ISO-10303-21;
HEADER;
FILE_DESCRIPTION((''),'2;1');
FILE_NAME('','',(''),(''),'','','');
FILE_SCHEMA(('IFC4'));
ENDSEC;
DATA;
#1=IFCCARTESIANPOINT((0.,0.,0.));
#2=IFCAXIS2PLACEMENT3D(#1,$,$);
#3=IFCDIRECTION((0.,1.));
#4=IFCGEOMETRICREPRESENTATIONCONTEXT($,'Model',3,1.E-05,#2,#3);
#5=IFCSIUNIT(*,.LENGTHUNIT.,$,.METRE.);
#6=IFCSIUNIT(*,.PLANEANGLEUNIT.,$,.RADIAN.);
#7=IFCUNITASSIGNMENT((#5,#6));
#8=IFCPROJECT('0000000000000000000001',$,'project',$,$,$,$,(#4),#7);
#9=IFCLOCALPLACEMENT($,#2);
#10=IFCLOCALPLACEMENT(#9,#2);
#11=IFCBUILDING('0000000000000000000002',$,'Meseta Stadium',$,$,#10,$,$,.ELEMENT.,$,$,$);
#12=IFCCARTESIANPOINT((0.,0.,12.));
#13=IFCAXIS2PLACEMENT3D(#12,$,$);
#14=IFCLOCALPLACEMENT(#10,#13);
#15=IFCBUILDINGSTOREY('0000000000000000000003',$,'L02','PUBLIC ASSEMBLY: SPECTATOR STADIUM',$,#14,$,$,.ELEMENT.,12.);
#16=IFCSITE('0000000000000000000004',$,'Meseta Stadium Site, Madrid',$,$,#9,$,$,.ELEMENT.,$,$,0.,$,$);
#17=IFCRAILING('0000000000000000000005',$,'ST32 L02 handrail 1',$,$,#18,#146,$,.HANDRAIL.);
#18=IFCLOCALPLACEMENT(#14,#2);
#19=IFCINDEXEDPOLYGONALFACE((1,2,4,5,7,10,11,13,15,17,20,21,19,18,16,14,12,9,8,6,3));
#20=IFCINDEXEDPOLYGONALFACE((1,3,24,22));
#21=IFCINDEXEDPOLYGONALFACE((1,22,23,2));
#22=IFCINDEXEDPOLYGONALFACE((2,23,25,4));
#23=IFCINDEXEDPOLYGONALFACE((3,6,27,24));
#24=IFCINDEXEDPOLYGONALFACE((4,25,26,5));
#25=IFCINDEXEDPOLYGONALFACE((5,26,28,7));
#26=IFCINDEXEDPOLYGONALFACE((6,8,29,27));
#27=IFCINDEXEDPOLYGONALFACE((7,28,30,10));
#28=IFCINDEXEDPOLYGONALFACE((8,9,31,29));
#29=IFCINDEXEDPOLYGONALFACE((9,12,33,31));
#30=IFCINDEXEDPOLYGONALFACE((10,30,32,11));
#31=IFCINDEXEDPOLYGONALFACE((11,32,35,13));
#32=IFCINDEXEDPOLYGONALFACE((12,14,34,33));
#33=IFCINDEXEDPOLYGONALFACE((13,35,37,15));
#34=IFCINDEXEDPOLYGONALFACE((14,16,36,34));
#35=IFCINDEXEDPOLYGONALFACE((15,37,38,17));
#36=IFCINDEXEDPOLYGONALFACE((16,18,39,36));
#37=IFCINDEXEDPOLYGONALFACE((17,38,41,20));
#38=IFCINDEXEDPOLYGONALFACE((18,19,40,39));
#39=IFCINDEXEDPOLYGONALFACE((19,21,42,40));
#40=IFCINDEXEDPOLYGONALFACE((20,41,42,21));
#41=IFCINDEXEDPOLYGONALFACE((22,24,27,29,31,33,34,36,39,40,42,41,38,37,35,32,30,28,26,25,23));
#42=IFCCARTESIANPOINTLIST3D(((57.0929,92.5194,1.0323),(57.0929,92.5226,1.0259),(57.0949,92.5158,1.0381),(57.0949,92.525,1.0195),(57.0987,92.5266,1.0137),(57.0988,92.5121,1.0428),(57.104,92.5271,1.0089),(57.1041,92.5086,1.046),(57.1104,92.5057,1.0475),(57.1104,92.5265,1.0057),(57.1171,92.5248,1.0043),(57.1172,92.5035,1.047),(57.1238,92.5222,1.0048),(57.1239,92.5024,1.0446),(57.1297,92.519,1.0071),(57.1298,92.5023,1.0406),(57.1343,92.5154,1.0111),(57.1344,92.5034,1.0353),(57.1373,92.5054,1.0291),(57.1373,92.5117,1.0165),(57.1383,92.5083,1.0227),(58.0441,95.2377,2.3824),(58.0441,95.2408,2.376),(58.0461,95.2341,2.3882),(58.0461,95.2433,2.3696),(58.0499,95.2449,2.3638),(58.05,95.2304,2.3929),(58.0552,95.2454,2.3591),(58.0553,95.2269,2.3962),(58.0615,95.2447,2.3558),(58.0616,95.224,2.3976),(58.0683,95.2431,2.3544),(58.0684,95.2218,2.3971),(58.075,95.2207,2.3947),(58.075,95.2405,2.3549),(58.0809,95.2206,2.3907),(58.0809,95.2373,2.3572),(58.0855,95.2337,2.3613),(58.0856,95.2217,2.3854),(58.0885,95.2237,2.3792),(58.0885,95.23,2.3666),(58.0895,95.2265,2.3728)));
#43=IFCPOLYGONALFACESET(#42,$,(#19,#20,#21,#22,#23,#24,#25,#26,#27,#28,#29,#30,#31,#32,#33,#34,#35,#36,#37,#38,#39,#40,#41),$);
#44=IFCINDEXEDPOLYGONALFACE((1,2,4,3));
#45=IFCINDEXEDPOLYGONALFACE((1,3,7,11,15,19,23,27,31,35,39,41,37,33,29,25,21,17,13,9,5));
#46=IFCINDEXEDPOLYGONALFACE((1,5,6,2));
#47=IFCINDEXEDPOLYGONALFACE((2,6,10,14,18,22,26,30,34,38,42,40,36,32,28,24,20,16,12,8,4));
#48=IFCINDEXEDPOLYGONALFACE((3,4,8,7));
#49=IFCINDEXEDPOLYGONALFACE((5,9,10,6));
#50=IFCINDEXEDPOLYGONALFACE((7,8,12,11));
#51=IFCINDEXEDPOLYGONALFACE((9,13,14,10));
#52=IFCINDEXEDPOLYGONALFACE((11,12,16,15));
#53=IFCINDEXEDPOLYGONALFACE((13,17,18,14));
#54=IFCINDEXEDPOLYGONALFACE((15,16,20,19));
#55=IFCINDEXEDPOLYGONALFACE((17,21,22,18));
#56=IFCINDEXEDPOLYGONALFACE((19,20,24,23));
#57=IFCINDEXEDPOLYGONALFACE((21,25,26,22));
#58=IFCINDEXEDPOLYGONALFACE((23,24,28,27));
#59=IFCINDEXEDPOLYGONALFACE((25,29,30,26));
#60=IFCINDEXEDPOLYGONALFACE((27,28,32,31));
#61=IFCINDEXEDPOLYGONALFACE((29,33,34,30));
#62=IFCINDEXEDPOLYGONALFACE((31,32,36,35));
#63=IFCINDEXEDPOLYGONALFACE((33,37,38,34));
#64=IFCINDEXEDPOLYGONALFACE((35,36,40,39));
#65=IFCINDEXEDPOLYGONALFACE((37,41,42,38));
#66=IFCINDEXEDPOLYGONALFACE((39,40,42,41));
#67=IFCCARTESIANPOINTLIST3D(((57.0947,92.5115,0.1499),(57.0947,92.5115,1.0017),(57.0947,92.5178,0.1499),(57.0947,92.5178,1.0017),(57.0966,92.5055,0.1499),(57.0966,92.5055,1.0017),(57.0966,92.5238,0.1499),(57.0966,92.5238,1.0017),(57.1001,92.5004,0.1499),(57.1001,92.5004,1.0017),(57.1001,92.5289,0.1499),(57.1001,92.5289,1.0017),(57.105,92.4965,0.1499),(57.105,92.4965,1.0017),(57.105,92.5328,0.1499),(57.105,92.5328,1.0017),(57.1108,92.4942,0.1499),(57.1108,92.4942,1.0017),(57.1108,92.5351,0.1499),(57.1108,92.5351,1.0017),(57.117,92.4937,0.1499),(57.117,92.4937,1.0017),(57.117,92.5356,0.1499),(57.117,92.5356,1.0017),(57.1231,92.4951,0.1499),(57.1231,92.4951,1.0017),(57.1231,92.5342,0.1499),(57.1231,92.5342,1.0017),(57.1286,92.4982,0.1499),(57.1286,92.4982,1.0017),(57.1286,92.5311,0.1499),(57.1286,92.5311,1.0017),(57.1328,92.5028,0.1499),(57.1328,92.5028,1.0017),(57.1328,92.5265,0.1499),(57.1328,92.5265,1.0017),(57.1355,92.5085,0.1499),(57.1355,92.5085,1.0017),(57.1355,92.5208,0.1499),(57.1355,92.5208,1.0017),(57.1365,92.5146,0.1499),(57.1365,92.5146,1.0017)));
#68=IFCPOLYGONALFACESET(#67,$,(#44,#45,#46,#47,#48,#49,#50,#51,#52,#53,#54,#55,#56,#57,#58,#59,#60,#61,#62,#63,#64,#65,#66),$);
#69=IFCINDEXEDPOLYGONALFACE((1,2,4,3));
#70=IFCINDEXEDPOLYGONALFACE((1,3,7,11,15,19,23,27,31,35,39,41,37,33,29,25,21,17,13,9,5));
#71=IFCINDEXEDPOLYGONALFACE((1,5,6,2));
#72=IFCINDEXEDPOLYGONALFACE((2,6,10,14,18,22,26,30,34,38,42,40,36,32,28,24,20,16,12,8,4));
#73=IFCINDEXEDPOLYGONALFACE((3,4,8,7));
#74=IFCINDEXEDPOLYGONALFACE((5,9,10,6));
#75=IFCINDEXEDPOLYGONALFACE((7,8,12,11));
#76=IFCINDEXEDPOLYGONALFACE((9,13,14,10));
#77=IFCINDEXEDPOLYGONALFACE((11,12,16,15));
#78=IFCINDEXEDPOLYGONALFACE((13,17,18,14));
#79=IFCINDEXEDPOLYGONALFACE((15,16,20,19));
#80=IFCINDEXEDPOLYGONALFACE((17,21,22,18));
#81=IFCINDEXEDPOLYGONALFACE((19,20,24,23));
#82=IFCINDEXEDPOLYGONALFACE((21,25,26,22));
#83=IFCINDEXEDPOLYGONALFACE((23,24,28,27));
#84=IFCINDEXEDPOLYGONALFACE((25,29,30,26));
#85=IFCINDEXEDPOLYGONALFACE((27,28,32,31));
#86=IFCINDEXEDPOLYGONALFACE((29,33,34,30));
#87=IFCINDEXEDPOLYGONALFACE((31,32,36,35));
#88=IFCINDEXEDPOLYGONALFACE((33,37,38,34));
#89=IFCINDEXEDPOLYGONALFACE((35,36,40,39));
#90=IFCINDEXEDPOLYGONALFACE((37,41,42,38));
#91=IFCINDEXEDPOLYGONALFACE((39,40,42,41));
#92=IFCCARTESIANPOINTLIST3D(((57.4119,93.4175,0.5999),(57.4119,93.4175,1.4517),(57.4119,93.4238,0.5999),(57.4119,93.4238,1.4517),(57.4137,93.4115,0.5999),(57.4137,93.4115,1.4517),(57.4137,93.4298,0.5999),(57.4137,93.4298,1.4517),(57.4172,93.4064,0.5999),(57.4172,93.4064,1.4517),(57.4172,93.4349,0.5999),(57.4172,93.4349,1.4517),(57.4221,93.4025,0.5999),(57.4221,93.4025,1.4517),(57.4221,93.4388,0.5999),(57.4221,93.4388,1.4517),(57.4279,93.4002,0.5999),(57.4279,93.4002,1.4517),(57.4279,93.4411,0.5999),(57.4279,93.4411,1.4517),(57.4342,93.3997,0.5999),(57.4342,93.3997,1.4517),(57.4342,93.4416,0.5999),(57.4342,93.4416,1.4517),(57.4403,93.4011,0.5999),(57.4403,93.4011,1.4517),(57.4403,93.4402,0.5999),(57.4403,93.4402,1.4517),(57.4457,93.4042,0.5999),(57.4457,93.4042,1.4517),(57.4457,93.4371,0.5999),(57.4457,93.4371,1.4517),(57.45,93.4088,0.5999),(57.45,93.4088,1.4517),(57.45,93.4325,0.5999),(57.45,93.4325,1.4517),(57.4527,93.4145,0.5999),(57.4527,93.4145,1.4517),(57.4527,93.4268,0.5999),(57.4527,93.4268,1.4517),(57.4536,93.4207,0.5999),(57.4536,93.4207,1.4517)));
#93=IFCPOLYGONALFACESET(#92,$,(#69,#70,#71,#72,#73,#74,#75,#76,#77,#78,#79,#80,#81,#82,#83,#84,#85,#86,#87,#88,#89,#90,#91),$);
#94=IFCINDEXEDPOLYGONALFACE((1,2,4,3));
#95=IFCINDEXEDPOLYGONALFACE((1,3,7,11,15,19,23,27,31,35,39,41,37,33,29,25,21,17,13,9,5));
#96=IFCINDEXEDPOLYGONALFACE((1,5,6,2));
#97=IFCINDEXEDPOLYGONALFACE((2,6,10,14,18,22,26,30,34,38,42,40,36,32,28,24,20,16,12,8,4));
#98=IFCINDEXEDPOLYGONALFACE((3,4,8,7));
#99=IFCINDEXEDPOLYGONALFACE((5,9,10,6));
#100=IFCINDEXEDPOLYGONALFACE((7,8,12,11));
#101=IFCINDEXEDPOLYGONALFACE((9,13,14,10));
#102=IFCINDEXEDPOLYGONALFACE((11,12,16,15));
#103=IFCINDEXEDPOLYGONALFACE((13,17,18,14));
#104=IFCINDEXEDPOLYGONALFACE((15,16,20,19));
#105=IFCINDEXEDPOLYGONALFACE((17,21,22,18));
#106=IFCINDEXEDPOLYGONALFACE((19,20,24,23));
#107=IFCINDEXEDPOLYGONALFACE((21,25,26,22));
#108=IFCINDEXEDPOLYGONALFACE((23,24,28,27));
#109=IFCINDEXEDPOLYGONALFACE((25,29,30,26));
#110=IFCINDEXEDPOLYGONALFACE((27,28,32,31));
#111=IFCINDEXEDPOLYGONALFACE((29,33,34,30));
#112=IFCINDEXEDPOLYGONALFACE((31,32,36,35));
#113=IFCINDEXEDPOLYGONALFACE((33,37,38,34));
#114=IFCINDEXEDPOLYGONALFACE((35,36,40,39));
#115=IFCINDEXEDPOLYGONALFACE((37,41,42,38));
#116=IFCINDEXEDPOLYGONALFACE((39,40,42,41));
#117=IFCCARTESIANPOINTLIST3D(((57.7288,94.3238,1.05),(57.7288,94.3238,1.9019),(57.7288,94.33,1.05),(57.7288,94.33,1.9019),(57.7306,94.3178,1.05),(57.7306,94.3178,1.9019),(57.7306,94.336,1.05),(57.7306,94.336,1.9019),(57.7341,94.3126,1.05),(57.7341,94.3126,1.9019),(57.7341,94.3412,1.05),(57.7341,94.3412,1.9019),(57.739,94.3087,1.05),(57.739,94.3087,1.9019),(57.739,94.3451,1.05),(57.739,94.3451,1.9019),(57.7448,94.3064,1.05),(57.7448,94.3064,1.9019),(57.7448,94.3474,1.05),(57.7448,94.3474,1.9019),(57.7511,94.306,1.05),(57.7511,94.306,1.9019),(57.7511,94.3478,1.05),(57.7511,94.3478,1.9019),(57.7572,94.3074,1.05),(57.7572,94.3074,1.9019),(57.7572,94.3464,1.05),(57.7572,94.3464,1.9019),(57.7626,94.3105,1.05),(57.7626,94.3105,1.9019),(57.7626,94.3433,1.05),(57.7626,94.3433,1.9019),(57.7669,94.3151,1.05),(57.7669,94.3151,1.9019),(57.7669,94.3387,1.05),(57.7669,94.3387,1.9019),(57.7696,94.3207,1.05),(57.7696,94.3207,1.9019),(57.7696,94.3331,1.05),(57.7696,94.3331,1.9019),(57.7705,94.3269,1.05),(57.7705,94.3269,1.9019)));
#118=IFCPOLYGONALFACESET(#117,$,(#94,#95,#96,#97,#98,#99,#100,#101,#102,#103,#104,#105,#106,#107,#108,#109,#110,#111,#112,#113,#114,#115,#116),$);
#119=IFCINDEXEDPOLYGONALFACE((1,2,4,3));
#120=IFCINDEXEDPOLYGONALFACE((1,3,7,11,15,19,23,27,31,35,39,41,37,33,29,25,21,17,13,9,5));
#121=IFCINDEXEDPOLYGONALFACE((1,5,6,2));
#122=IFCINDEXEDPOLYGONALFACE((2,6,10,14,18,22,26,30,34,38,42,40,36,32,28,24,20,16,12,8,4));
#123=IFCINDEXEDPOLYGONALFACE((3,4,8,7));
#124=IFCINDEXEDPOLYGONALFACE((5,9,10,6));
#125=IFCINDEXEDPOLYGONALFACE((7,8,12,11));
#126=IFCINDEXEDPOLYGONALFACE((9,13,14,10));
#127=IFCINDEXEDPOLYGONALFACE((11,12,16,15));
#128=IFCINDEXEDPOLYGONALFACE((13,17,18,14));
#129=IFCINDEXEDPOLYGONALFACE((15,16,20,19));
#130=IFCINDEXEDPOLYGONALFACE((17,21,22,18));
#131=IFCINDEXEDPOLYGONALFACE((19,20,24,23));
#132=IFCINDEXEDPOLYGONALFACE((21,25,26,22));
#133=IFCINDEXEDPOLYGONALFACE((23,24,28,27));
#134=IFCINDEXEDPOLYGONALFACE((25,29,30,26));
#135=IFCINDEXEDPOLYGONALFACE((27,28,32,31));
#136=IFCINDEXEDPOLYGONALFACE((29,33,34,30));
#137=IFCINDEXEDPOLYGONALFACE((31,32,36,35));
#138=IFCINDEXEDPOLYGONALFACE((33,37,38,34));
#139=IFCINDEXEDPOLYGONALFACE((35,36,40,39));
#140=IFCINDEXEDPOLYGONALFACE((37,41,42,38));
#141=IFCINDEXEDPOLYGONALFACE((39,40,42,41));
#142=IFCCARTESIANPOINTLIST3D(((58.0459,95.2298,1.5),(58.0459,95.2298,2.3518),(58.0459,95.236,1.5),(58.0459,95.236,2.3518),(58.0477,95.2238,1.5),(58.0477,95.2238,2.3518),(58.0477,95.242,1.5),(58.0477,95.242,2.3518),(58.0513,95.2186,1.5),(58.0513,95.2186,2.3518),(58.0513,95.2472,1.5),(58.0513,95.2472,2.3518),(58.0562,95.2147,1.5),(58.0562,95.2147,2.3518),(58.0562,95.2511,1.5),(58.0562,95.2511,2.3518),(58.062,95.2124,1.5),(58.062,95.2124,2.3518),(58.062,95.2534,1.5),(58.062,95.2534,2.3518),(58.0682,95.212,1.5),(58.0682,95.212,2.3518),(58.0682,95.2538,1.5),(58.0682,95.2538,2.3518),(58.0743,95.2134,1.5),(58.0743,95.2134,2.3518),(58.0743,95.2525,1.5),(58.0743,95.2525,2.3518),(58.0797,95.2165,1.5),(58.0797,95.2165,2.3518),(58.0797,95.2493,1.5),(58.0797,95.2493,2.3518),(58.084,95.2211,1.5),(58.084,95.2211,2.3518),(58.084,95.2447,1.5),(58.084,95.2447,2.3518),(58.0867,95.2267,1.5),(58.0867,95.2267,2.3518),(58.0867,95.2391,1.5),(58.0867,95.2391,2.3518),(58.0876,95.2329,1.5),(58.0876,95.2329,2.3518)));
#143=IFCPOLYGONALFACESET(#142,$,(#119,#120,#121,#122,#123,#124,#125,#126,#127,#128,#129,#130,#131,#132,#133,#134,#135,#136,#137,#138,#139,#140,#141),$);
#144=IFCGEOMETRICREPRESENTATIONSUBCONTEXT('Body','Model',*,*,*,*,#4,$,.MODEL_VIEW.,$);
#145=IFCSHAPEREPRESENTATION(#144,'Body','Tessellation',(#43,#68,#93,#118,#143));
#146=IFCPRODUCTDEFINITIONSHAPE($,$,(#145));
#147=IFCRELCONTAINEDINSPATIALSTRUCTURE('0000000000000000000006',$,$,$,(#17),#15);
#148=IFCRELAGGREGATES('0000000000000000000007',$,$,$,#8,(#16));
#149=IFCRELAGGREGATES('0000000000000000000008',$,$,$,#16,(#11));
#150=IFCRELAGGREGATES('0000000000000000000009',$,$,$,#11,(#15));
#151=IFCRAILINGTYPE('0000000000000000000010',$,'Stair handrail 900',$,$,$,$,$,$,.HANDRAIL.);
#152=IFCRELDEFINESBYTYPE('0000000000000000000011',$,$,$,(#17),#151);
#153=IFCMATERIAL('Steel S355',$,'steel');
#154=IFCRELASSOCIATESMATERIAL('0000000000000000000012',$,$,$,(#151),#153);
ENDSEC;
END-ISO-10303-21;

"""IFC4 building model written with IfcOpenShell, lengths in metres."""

from ifc_helpers import new_model, si_unit, direction, frame, origin, origin_2d, place, context, subcontext, project, spatial, circle, extrude, material, type_object, element, save


model = new_model("IFC4")

# Units and contexts
model_context = context("Model", 3, precision=1e-05, world=origin(), true_north=direction((0.0, 1.0)))
body_context = subcontext(model_context, "Body", "Model", "MODEL_VIEW")
ifc_project = project(units=[si_unit("LENGTHUNIT", "METRE"), si_unit("PLANEANGLEUNIT", "RADIAN")], contexts=[model_context])

# Site, building, storey
site_placement = place(None, origin())
site = spatial("IfcSite", under=ifc_project, at=site_placement, Name="Meseta Stadium Site, Madrid", CompositionType="ELEMENT", RefElevation=0.0)
building_placement = place(site_placement, origin())
building = spatial("IfcBuilding", under=site, at=building_placement, Name="Meseta Stadium", CompositionType="ELEMENT")
storey_placement = place(building_placement, frame((0.0, 0.0, 12.0)))
storey = spatial("IfcBuildingStorey", under=building, at=storey_placement, Name="L02", Description="PUBLIC ASSEMBLY: SPECTATOR STADIUM", CompositionType="ELEMENT", Elevation=12.0)

# Railing
ifc_material_1 = material(Name="Steel S355", Category="steel")
railing_type_1 = type_object("IfcRailingType", Name="Stair handrail 900", PredefinedType="HANDRAIL", material=ifc_material_1)
for number, where, name in (
    (1, (57.1155, 92.5146, 0.1499), "ST32 L02 handrail 1"),
):
    element("IfcRailing", number, at=place(storey_placement, frame(where)), inside=storey, type_object=railing_type_1, Name=name, PredefinedType="HANDRAIL", context=body_context, shape_type="SweptSolid", body=[
        extrude(circle(Radius=0.0239, at=origin_2d()), frame((0.0, 0.0, 0.876), z_axis=(0.299051, 0.854629, 0.424474), x_axis=(-0.943882, 0.330282, 0.0)), (0.0, 0.0, 1.0), 3.1807),
        extrude(circle(Radius=0.021, at=origin_2d()), origin(), (0.0, 0.0, 1.0), 0.8518),
        extrude(circle(Radius=0.021, at=origin_2d()), frame((0.3171, 0.906, 0.45)), (0.0, 0.0, 1.0), 0.8518),
        extrude(circle(Radius=0.021, at=origin_2d()), frame((0.634, 1.8123, 0.9001)), (0.0, 0.0, 1.0), 0.8518),
        extrude(circle(Radius=0.021, at=origin_2d()), frame((0.9512, 2.7183, 1.3501)), (0.0, 0.0, 1.0), 0.8518),
    ])

save(model, "model.ifc")
